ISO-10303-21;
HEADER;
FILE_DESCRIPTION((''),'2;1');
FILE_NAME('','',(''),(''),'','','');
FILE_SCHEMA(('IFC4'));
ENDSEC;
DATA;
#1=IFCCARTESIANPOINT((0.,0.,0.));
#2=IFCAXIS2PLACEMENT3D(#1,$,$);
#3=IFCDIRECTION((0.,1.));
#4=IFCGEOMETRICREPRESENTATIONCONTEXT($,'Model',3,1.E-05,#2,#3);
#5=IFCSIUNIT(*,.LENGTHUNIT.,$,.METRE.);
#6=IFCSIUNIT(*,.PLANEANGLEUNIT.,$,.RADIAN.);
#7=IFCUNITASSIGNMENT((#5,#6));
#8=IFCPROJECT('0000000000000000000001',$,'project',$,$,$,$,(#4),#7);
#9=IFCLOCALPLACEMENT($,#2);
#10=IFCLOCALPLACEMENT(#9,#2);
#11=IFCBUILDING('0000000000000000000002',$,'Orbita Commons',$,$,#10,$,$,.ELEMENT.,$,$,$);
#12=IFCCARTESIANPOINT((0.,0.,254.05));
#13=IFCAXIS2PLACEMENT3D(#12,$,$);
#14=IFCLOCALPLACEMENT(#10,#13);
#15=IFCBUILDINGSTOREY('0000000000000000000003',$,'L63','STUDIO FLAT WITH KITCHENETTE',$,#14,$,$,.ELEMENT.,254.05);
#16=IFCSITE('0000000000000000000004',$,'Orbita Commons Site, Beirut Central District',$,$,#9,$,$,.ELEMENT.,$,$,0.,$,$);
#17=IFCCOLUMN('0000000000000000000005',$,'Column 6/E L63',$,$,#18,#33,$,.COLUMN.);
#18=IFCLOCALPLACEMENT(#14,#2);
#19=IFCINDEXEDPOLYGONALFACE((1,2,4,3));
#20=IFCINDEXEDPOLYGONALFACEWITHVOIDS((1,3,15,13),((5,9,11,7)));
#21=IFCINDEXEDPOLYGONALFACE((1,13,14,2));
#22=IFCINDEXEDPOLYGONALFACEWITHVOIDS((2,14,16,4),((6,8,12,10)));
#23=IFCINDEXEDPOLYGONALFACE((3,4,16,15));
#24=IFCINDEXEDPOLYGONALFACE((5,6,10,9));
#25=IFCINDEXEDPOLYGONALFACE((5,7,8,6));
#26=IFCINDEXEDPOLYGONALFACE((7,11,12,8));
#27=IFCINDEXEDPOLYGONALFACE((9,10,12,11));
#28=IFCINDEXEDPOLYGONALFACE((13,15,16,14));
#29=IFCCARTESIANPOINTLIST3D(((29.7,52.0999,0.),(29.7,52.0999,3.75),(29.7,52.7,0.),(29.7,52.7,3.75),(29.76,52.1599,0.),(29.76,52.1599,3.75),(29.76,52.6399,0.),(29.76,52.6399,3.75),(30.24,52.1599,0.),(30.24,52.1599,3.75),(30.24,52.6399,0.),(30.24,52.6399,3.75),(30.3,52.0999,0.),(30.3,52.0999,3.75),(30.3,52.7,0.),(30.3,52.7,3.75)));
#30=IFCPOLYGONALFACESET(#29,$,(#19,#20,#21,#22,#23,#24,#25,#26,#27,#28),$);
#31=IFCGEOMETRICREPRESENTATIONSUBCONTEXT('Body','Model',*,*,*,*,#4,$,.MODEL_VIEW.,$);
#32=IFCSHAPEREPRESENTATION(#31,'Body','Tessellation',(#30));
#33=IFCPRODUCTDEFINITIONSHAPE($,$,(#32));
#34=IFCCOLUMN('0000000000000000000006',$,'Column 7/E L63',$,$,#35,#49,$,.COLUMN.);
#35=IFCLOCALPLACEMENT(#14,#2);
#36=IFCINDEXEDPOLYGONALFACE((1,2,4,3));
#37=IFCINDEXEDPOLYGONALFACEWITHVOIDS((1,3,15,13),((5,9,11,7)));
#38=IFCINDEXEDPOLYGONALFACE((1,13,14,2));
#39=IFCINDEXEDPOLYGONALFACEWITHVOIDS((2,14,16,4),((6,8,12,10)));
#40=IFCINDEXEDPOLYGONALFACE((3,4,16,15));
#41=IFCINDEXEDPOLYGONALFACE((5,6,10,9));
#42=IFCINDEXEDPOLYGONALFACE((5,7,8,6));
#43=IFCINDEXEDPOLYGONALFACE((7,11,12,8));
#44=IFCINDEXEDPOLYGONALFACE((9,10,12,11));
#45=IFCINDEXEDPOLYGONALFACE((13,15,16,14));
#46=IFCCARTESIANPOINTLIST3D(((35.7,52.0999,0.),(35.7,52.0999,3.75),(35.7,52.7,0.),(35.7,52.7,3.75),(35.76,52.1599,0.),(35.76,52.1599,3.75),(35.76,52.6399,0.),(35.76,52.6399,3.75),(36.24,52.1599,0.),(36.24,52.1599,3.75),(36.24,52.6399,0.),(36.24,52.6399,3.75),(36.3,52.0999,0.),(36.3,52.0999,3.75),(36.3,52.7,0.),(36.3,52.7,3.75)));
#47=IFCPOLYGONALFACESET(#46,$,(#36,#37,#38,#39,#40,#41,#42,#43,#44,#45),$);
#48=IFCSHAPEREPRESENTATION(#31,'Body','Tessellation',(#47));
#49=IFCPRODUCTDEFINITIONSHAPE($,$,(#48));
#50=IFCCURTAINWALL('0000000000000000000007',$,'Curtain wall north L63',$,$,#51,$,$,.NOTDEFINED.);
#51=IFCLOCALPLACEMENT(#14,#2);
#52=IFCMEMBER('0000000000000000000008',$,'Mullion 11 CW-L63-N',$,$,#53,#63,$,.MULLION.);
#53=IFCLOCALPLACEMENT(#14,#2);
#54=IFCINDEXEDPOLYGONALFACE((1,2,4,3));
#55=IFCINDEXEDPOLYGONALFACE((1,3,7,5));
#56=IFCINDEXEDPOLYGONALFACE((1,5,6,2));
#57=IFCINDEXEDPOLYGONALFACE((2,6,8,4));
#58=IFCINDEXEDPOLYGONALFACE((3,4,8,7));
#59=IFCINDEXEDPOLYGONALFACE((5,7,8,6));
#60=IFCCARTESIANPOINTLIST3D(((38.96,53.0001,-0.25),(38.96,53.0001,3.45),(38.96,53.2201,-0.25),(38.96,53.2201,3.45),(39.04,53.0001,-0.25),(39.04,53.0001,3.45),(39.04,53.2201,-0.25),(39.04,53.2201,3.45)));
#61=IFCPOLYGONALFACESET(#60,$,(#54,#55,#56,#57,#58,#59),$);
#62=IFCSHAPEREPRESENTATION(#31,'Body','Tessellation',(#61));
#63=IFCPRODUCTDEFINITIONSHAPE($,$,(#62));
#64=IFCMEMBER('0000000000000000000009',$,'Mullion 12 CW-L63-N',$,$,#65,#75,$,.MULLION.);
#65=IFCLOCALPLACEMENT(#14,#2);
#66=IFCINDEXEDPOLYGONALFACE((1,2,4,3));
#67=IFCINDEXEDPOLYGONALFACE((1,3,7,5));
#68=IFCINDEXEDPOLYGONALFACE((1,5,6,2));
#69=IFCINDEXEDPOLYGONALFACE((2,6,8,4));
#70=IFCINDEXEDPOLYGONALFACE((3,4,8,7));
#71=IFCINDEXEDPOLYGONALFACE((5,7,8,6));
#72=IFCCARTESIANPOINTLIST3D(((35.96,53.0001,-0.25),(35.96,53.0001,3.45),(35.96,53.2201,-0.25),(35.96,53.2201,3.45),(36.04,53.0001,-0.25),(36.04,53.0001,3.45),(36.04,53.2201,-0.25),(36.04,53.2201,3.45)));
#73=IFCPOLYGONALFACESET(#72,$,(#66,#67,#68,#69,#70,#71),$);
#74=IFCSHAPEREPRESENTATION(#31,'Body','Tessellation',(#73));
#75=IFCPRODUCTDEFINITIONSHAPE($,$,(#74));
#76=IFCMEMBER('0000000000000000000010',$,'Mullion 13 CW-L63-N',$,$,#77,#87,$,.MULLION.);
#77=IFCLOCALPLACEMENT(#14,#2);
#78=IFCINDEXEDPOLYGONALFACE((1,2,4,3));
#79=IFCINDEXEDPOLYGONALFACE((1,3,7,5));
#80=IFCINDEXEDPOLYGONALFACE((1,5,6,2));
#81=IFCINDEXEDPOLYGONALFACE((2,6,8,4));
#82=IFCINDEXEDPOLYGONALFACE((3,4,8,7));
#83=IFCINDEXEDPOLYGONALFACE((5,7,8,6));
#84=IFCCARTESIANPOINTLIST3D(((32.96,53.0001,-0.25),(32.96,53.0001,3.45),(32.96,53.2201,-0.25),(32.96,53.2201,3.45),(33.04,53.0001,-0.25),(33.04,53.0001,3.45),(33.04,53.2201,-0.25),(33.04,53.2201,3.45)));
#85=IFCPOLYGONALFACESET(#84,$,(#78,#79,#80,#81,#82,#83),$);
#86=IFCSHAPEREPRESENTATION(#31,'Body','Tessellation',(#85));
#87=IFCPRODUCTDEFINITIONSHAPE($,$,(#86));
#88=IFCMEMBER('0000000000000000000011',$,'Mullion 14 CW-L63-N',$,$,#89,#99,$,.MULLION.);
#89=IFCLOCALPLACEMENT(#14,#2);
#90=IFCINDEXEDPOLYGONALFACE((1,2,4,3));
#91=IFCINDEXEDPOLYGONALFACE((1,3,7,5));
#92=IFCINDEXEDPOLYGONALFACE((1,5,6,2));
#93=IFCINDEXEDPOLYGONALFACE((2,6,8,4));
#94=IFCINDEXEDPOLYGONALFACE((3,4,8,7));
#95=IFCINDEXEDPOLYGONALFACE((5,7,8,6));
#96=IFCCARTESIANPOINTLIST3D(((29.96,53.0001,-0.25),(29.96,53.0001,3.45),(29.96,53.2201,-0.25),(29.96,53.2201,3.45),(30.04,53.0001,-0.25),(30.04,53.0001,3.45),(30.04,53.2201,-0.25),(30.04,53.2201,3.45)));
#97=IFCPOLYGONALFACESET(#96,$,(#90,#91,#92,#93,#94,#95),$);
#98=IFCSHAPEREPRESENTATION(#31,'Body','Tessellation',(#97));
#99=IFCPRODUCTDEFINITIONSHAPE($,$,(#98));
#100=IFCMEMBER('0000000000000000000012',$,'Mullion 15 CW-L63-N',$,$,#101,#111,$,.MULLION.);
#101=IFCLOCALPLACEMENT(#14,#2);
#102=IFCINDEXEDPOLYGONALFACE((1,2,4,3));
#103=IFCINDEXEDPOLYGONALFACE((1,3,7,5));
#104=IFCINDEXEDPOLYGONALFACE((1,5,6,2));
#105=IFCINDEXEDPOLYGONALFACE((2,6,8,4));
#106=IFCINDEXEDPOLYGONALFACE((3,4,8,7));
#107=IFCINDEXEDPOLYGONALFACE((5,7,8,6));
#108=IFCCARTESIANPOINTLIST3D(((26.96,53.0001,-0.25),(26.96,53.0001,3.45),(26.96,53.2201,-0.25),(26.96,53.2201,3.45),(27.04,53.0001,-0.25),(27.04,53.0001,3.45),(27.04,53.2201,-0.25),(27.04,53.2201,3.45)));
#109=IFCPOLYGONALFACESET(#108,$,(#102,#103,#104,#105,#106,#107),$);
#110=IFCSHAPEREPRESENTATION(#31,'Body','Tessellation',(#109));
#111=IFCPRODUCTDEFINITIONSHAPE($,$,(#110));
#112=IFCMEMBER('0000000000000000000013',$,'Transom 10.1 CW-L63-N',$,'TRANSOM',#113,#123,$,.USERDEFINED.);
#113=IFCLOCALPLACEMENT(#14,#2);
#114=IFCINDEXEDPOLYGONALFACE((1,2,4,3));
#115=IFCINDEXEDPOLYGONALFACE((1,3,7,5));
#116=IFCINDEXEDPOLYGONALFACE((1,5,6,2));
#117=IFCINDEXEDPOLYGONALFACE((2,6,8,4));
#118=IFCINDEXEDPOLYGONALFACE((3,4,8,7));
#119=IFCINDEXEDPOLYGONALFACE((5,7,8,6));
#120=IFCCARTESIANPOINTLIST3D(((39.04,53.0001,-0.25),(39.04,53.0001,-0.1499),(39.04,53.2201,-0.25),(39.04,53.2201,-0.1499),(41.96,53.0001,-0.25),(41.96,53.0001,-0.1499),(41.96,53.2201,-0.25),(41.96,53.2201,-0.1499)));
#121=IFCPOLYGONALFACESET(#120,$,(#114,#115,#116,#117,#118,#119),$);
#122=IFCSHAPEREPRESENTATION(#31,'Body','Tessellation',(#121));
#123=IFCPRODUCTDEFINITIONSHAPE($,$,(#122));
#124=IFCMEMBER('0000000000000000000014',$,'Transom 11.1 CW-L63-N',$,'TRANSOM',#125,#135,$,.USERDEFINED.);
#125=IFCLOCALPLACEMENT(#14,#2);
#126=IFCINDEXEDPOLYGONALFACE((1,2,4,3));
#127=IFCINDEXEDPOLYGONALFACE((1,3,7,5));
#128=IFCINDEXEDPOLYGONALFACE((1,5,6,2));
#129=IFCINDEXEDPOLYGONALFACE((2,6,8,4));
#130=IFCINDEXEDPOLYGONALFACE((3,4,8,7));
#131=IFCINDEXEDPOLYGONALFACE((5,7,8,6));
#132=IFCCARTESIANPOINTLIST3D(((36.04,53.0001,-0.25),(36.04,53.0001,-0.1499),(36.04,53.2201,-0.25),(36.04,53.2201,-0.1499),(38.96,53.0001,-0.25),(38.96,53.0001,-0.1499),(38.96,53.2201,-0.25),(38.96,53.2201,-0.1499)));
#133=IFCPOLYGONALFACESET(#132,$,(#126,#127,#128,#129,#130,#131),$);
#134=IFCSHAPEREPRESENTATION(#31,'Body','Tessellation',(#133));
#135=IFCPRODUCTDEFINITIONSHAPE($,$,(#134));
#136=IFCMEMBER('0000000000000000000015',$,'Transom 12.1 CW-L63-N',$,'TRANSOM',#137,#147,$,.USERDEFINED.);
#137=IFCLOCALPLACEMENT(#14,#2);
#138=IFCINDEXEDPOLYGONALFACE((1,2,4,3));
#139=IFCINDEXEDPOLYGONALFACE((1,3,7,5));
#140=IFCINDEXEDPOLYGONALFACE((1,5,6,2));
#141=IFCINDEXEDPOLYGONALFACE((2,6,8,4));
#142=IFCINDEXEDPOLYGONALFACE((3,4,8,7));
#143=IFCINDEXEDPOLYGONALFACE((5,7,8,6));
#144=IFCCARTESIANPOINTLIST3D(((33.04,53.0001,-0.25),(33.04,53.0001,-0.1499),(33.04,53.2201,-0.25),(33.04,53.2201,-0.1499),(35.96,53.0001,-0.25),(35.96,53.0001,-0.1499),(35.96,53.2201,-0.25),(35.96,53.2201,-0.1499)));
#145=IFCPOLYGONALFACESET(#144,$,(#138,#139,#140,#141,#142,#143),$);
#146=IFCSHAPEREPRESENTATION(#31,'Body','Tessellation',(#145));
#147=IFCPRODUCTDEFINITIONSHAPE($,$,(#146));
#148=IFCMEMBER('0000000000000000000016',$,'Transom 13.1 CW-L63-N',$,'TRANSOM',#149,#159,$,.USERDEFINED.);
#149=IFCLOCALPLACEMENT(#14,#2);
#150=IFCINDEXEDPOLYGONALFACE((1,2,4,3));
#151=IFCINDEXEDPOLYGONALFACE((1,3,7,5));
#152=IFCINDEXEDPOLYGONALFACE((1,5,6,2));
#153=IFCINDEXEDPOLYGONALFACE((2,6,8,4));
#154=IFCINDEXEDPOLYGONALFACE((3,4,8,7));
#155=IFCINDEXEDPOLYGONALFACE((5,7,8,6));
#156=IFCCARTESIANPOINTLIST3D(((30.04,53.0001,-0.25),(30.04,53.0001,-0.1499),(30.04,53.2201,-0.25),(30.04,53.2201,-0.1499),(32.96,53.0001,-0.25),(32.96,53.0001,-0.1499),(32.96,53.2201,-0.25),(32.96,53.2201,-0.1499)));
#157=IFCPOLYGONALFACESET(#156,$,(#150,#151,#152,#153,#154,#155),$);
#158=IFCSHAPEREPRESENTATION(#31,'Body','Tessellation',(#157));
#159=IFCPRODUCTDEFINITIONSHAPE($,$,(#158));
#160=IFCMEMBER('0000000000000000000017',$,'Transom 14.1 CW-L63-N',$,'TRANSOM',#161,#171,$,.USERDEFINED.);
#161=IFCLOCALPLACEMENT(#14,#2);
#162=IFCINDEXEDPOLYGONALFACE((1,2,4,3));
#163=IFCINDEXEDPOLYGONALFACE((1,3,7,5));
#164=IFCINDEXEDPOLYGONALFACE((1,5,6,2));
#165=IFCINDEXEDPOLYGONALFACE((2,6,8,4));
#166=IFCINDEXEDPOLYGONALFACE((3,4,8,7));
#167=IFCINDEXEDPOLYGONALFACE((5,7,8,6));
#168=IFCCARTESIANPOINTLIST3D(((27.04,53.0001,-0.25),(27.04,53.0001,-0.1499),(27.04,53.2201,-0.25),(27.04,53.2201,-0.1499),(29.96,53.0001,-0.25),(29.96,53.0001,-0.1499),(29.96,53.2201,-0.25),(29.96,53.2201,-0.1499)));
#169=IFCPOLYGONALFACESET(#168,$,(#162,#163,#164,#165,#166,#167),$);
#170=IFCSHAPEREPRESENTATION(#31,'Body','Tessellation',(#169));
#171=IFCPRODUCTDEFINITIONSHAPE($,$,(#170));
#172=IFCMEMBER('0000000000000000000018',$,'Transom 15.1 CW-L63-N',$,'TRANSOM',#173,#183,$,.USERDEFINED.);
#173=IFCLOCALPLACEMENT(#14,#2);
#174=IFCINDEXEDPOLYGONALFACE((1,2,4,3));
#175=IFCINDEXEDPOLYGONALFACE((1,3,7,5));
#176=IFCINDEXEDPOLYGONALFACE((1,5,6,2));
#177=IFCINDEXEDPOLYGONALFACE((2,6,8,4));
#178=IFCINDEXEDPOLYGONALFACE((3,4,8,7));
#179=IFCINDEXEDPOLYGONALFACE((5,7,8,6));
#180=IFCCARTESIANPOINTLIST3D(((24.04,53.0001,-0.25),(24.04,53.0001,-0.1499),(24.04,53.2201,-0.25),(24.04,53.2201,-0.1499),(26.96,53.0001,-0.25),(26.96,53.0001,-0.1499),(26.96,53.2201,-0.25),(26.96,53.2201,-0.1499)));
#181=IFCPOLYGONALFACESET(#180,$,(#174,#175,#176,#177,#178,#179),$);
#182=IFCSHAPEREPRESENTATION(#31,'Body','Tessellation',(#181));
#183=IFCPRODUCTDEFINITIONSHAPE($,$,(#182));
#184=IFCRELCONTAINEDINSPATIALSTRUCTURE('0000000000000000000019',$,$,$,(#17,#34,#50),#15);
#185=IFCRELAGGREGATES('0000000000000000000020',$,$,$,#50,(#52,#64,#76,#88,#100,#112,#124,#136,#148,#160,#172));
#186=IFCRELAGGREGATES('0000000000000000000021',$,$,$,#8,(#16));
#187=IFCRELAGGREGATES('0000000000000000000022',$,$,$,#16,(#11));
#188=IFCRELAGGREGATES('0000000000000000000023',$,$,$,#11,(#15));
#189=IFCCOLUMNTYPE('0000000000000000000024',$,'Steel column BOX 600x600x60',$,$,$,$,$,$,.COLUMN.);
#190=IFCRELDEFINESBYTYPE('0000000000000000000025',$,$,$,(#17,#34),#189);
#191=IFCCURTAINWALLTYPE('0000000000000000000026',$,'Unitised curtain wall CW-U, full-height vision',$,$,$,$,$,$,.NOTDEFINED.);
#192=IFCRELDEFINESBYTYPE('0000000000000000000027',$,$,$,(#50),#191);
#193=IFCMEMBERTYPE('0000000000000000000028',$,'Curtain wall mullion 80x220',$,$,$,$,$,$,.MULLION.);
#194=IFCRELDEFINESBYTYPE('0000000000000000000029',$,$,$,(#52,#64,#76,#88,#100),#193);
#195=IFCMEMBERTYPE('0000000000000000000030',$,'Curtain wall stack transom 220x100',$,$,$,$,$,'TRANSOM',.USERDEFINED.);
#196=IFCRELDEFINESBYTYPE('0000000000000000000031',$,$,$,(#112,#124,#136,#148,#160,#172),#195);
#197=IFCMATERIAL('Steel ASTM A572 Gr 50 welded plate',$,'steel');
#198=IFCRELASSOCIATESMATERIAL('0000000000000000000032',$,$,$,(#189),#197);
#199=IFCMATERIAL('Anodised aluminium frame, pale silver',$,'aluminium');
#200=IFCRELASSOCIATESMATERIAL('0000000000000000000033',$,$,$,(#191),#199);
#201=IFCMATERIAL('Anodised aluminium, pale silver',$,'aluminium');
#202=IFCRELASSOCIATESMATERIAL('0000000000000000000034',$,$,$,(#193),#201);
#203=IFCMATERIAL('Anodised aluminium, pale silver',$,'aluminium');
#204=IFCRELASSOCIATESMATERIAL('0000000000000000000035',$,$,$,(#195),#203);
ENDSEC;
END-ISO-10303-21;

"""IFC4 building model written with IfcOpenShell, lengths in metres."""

from ifc_helpers import new_model, si_unit, direction, frame, origin, origin_2d, place, context, subcontext, project, spatial, rectangle, hollow_rectangle, extrude, material, material_profile, profile_set, type_object, element, aggregate, save


model = new_model("IFC4")

# Units and contexts
model_context = context("Model", 3, precision=1e-05, world=origin(), true_north=direction((0.0, 1.0)))
body_context = subcontext(model_context, "Body", "Model", "MODEL_VIEW")
ifc_project = project(units=[si_unit("LENGTHUNIT", "METRE"), si_unit("PLANEANGLEUNIT", "RADIAN")], contexts=[model_context])

# Site, building, storey
site_placement = place(None, origin())
site = spatial("IfcSite", under=ifc_project, at=site_placement, Name="Orbita Commons Site, Beirut Central District", CompositionType="ELEMENT", RefElevation=0.0)
building_placement = place(site_placement, origin())
building = spatial("IfcBuilding", under=site, at=building_placement, Name="Orbita Commons", CompositionType="ELEMENT")
storey_placement = place(building_placement, frame((0.0, 0.0, 254.05)))
storey = spatial("IfcBuildingStorey", under=building, at=storey_placement, Name="L63", Description="STUDIO FLAT WITH KITCHENETTE", CompositionType="ELEMENT", Elevation=254.05)

# Columns
ifc_material_1 = material(Name="Steel ASTM A572 Gr 50 welded plate", Category="steel")
ifc_material_profile_1 = material_profile(ifc_material_1, hollow_rectangle(XDim=0.6001, YDim=0.6001, WallThickness=0.0601, at=origin_2d()), Name="BOX 600x600x60")
ifc_profile_set_1 = profile_set([ifc_material_profile_1], Name="Steel ASTM A572 Gr 50 welded plate")
column_type = type_object("IfcColumnType", Name="Steel column BOX 600x600x60", PredefinedType="COLUMN", material=ifc_profile_set_1)
for number, where, z_axis, x_axis, name in (
    (1, (30.0, 52.3999, 0.0), (0.0, 0.0, 1.0), (1.0, 0.0, 0.0), "Column 6/E L63"),
    (2, (36.0, 52.3999, 0.0), (0.0, 0.0, 1.0), (1.0, 0.0, 0.0), "Column 7/E L63"),
):
    element("IfcColumn", number, at=place(storey_placement, frame(where, z_axis=z_axis, x_axis=x_axis)), inside=storey, type_object=column_type, Name=name, PredefinedType="COLUMN", context=body_context, shape_type="SweptSolid", body=[
        extrude(hollow_rectangle(XDim=0.6001, YDim=0.6001, WallThickness=0.0601, at=origin_2d()), origin(), (0.0, 0.0, 1.0), 3.75),
    ])

# Curtain wall, members
ifc_material_2 = material(Name="Anodised aluminium frame, pale silver", Category="aluminium")
curtain_wall_type = type_object("IfcCurtainWallType", Name="Unitised curtain wall CW-U, full-height vision", PredefinedType="NOTDEFINED", material=ifc_material_2)
curtain_wall_placement = place(storey_placement, origin())
curtain_wall = element("IfcCurtainWall", 3, at=curtain_wall_placement, inside=storey, type_object=curtain_wall_type, Name="Curtain wall north L63", PredefinedType="NOTDEFINED")
ifc_material_3 = material(Name="Anodised aluminium, pale silver", Category="aluminium")
ifc_material_profile_2 = material_profile(ifc_material_3, rectangle(XDim=0.0801, YDim=0.22, at=origin_2d()), Name="AL 80x220")
ifc_profile_set_2 = profile_set([ifc_material_profile_2], Name="Anodised aluminium, pale silver")
member_type_1 = type_object("IfcMemberType", Name="Curtain wall mullion 80x220", PredefinedType="MULLION", material=ifc_profile_set_2)
member_1_placement = place(storey_placement, frame((39.0, 53.1101, -0.25), z_axis=(0.0, 0.0, 1.0), x_axis=(-1.0, 0.0, 0.0)))
member_1 = element("IfcMember", 4, at=member_1_placement, type_object=member_type_1, Name="Mullion 11 CW-L63-N", PredefinedType="MULLION", context=body_context, shape_type="SweptSolid", body=[
    extrude(rectangle(XDim=0.0801, YDim=0.22, at=origin_2d()), origin(), (0.0, 0.0, 1.0), 3.7),
])
member_2_placement = place(storey_placement, frame((36.0, 53.1101, -0.25), z_axis=(0.0, 0.0, 1.0), x_axis=(-1.0, 0.0, 0.0)))
member_2 = element("IfcMember", 5, at=member_2_placement, type_object=member_type_1, Name="Mullion 12 CW-L63-N", PredefinedType="MULLION", context=body_context, shape_type="SweptSolid", body=[
    extrude(rectangle(XDim=0.0801, YDim=0.22, at=origin_2d()), origin(), (0.0, 0.0, 1.0), 3.7),
])
member_3_placement = place(storey_placement, frame((33.0, 53.1101, -0.25), z_axis=(0.0, 0.0, 1.0), x_axis=(-1.0, 0.0, 0.0)))
member_3 = element("IfcMember", 6, at=member_3_placement, type_object=member_type_1, Name="Mullion 13 CW-L63-N", PredefinedType="MULLION", context=body_context, shape_type="SweptSolid", body=[
    extrude(rectangle(XDim=0.0801, YDim=0.22, at=origin_2d()), origin(), (0.0, 0.0, 1.0), 3.7),
])
member_4_placement = place(storey_placement, frame((30.0, 53.1101, -0.25), z_axis=(0.0, 0.0, 1.0), x_axis=(-1.0, 0.0, 0.0)))
member_4 = element("IfcMember", 7, at=member_4_placement, type_object=member_type_1, Name="Mullion 14 CW-L63-N", PredefinedType="MULLION", context=body_context, shape_type="SweptSolid", body=[
    extrude(rectangle(XDim=0.0801, YDim=0.22, at=origin_2d()), origin(), (0.0, 0.0, 1.0), 3.7),
])
member_5_placement = place(storey_placement, frame((27.0, 53.1101, -0.25), z_axis=(0.0, 0.0, 1.0), x_axis=(-1.0, 0.0, 0.0)))
member_5 = element("IfcMember", 8, at=member_5_placement, type_object=member_type_1, Name="Mullion 15 CW-L63-N", PredefinedType="MULLION", context=body_context, shape_type="SweptSolid", body=[
    extrude(rectangle(XDim=0.0801, YDim=0.22, at=origin_2d()), origin(), (0.0, 0.0, 1.0), 3.7),
])
ifc_material_4 = material(Name="Anodised aluminium, pale silver", Category="aluminium")
ifc_material_profile_3 = material_profile(ifc_material_4, rectangle(XDim=0.22, YDim=0.1001, at=origin_2d()), Name="AL 220x100")
ifc_profile_set_3 = profile_set([ifc_material_profile_3], Name="Anodised aluminium, pale silver")
member_type_2 = type_object("IfcMemberType", Name="Curtain wall stack transom 220x100", ElementType="TRANSOM", PredefinedType="USERDEFINED", material=ifc_profile_set_3)
member_6_placement = place(storey_placement, frame((41.96, 53.1101, -0.2), z_axis=(-1.0, 0.0, 0.0), x_axis=(0.0, -1.0, 0.0)))
member_6 = element("IfcMember", 9, at=member_6_placement, type_object=member_type_2, Name="Transom 10.1 CW-L63-N", ObjectType="TRANSOM", PredefinedType="USERDEFINED", context=body_context, shape_type="SweptSolid", body=[
    extrude(rectangle(XDim=0.22, YDim=0.1001, at=origin_2d()), origin(), (0.0, 0.0, 1.0), 2.9199),
])
member_7_placement = place(storey_placement, frame((38.96, 53.1101, -0.2), z_axis=(-1.0, 0.0, 0.0), x_axis=(0.0, -1.0, 0.0)))
member_7 = element("IfcMember", 10, at=member_7_placement, type_object=member_type_2, Name="Transom 11.1 CW-L63-N", ObjectType="TRANSOM", PredefinedType="USERDEFINED", context=body_context, shape_type="SweptSolid", body=[
    extrude(rectangle(XDim=0.22, YDim=0.1001, at=origin_2d()), origin(), (0.0, 0.0, 1.0), 2.9199),
])
member_8_placement = place(storey_placement, frame((35.96, 53.1101, -0.2), z_axis=(-1.0, 0.0, 0.0), x_axis=(0.0, -1.0, 0.0)))
member_8 = element("IfcMember", 11, at=member_8_placement, type_object=member_type_2, Name="Transom 12.1 CW-L63-N", ObjectType="TRANSOM", PredefinedType="USERDEFINED", context=body_context, shape_type="SweptSolid", body=[
    extrude(rectangle(XDim=0.22, YDim=0.1001, at=origin_2d()), origin(), (0.0, 0.0, 1.0), 2.9199),
])
member_9_placement = place(storey_placement, frame((32.96, 53.1101, -0.2), z_axis=(-1.0, 0.0, 0.0), x_axis=(0.0, -1.0, 0.0)))
member_9 = element("IfcMember", 12, at=member_9_placement, type_object=member_type_2, Name="Transom 13.1 CW-L63-N", ObjectType="TRANSOM", PredefinedType="USERDEFINED", context=body_context, shape_type="SweptSolid", body=[
    extrude(rectangle(XDim=0.22, YDim=0.1001, at=origin_2d()), origin(), (0.0, 0.0, 1.0), 2.9199),
])
member_10_placement = place(storey_placement, frame((29.96, 53.1101, -0.2), z_axis=(-1.0, 0.0, 0.0), x_axis=(0.0, -1.0, 0.0)))
member_10 = element("IfcMember", 13, at=member_10_placement, type_object=member_type_2, Name="Transom 14.1 CW-L63-N", ObjectType="TRANSOM", PredefinedType="USERDEFINED", context=body_context, shape_type="SweptSolid", body=[
    extrude(rectangle(XDim=0.22, YDim=0.1001, at=origin_2d()), origin(), (0.0, 0.0, 1.0), 2.9199),
])
member_11_placement = place(storey_placement, frame((26.96, 53.1101, -0.2), z_axis=(-1.0, 0.0, 0.0), x_axis=(0.0, -1.0, 0.0)))
member_11 = element("IfcMember", 14, at=member_11_placement, type_object=member_type_2, Name="Transom 15.1 CW-L63-N", ObjectType="TRANSOM", PredefinedType="USERDEFINED", context=body_context, shape_type="SweptSolid", body=[
    extrude(rectangle(XDim=0.22, YDim=0.1001, at=origin_2d()), origin(), (0.0, 0.0, 1.0), 2.9199),
])

aggregate(curtain_wall, [member_1, member_2, member_3, member_4, member_5, member_6, member_7, member_8, member_9, member_10, member_11])

save(model, "model.ifc")
